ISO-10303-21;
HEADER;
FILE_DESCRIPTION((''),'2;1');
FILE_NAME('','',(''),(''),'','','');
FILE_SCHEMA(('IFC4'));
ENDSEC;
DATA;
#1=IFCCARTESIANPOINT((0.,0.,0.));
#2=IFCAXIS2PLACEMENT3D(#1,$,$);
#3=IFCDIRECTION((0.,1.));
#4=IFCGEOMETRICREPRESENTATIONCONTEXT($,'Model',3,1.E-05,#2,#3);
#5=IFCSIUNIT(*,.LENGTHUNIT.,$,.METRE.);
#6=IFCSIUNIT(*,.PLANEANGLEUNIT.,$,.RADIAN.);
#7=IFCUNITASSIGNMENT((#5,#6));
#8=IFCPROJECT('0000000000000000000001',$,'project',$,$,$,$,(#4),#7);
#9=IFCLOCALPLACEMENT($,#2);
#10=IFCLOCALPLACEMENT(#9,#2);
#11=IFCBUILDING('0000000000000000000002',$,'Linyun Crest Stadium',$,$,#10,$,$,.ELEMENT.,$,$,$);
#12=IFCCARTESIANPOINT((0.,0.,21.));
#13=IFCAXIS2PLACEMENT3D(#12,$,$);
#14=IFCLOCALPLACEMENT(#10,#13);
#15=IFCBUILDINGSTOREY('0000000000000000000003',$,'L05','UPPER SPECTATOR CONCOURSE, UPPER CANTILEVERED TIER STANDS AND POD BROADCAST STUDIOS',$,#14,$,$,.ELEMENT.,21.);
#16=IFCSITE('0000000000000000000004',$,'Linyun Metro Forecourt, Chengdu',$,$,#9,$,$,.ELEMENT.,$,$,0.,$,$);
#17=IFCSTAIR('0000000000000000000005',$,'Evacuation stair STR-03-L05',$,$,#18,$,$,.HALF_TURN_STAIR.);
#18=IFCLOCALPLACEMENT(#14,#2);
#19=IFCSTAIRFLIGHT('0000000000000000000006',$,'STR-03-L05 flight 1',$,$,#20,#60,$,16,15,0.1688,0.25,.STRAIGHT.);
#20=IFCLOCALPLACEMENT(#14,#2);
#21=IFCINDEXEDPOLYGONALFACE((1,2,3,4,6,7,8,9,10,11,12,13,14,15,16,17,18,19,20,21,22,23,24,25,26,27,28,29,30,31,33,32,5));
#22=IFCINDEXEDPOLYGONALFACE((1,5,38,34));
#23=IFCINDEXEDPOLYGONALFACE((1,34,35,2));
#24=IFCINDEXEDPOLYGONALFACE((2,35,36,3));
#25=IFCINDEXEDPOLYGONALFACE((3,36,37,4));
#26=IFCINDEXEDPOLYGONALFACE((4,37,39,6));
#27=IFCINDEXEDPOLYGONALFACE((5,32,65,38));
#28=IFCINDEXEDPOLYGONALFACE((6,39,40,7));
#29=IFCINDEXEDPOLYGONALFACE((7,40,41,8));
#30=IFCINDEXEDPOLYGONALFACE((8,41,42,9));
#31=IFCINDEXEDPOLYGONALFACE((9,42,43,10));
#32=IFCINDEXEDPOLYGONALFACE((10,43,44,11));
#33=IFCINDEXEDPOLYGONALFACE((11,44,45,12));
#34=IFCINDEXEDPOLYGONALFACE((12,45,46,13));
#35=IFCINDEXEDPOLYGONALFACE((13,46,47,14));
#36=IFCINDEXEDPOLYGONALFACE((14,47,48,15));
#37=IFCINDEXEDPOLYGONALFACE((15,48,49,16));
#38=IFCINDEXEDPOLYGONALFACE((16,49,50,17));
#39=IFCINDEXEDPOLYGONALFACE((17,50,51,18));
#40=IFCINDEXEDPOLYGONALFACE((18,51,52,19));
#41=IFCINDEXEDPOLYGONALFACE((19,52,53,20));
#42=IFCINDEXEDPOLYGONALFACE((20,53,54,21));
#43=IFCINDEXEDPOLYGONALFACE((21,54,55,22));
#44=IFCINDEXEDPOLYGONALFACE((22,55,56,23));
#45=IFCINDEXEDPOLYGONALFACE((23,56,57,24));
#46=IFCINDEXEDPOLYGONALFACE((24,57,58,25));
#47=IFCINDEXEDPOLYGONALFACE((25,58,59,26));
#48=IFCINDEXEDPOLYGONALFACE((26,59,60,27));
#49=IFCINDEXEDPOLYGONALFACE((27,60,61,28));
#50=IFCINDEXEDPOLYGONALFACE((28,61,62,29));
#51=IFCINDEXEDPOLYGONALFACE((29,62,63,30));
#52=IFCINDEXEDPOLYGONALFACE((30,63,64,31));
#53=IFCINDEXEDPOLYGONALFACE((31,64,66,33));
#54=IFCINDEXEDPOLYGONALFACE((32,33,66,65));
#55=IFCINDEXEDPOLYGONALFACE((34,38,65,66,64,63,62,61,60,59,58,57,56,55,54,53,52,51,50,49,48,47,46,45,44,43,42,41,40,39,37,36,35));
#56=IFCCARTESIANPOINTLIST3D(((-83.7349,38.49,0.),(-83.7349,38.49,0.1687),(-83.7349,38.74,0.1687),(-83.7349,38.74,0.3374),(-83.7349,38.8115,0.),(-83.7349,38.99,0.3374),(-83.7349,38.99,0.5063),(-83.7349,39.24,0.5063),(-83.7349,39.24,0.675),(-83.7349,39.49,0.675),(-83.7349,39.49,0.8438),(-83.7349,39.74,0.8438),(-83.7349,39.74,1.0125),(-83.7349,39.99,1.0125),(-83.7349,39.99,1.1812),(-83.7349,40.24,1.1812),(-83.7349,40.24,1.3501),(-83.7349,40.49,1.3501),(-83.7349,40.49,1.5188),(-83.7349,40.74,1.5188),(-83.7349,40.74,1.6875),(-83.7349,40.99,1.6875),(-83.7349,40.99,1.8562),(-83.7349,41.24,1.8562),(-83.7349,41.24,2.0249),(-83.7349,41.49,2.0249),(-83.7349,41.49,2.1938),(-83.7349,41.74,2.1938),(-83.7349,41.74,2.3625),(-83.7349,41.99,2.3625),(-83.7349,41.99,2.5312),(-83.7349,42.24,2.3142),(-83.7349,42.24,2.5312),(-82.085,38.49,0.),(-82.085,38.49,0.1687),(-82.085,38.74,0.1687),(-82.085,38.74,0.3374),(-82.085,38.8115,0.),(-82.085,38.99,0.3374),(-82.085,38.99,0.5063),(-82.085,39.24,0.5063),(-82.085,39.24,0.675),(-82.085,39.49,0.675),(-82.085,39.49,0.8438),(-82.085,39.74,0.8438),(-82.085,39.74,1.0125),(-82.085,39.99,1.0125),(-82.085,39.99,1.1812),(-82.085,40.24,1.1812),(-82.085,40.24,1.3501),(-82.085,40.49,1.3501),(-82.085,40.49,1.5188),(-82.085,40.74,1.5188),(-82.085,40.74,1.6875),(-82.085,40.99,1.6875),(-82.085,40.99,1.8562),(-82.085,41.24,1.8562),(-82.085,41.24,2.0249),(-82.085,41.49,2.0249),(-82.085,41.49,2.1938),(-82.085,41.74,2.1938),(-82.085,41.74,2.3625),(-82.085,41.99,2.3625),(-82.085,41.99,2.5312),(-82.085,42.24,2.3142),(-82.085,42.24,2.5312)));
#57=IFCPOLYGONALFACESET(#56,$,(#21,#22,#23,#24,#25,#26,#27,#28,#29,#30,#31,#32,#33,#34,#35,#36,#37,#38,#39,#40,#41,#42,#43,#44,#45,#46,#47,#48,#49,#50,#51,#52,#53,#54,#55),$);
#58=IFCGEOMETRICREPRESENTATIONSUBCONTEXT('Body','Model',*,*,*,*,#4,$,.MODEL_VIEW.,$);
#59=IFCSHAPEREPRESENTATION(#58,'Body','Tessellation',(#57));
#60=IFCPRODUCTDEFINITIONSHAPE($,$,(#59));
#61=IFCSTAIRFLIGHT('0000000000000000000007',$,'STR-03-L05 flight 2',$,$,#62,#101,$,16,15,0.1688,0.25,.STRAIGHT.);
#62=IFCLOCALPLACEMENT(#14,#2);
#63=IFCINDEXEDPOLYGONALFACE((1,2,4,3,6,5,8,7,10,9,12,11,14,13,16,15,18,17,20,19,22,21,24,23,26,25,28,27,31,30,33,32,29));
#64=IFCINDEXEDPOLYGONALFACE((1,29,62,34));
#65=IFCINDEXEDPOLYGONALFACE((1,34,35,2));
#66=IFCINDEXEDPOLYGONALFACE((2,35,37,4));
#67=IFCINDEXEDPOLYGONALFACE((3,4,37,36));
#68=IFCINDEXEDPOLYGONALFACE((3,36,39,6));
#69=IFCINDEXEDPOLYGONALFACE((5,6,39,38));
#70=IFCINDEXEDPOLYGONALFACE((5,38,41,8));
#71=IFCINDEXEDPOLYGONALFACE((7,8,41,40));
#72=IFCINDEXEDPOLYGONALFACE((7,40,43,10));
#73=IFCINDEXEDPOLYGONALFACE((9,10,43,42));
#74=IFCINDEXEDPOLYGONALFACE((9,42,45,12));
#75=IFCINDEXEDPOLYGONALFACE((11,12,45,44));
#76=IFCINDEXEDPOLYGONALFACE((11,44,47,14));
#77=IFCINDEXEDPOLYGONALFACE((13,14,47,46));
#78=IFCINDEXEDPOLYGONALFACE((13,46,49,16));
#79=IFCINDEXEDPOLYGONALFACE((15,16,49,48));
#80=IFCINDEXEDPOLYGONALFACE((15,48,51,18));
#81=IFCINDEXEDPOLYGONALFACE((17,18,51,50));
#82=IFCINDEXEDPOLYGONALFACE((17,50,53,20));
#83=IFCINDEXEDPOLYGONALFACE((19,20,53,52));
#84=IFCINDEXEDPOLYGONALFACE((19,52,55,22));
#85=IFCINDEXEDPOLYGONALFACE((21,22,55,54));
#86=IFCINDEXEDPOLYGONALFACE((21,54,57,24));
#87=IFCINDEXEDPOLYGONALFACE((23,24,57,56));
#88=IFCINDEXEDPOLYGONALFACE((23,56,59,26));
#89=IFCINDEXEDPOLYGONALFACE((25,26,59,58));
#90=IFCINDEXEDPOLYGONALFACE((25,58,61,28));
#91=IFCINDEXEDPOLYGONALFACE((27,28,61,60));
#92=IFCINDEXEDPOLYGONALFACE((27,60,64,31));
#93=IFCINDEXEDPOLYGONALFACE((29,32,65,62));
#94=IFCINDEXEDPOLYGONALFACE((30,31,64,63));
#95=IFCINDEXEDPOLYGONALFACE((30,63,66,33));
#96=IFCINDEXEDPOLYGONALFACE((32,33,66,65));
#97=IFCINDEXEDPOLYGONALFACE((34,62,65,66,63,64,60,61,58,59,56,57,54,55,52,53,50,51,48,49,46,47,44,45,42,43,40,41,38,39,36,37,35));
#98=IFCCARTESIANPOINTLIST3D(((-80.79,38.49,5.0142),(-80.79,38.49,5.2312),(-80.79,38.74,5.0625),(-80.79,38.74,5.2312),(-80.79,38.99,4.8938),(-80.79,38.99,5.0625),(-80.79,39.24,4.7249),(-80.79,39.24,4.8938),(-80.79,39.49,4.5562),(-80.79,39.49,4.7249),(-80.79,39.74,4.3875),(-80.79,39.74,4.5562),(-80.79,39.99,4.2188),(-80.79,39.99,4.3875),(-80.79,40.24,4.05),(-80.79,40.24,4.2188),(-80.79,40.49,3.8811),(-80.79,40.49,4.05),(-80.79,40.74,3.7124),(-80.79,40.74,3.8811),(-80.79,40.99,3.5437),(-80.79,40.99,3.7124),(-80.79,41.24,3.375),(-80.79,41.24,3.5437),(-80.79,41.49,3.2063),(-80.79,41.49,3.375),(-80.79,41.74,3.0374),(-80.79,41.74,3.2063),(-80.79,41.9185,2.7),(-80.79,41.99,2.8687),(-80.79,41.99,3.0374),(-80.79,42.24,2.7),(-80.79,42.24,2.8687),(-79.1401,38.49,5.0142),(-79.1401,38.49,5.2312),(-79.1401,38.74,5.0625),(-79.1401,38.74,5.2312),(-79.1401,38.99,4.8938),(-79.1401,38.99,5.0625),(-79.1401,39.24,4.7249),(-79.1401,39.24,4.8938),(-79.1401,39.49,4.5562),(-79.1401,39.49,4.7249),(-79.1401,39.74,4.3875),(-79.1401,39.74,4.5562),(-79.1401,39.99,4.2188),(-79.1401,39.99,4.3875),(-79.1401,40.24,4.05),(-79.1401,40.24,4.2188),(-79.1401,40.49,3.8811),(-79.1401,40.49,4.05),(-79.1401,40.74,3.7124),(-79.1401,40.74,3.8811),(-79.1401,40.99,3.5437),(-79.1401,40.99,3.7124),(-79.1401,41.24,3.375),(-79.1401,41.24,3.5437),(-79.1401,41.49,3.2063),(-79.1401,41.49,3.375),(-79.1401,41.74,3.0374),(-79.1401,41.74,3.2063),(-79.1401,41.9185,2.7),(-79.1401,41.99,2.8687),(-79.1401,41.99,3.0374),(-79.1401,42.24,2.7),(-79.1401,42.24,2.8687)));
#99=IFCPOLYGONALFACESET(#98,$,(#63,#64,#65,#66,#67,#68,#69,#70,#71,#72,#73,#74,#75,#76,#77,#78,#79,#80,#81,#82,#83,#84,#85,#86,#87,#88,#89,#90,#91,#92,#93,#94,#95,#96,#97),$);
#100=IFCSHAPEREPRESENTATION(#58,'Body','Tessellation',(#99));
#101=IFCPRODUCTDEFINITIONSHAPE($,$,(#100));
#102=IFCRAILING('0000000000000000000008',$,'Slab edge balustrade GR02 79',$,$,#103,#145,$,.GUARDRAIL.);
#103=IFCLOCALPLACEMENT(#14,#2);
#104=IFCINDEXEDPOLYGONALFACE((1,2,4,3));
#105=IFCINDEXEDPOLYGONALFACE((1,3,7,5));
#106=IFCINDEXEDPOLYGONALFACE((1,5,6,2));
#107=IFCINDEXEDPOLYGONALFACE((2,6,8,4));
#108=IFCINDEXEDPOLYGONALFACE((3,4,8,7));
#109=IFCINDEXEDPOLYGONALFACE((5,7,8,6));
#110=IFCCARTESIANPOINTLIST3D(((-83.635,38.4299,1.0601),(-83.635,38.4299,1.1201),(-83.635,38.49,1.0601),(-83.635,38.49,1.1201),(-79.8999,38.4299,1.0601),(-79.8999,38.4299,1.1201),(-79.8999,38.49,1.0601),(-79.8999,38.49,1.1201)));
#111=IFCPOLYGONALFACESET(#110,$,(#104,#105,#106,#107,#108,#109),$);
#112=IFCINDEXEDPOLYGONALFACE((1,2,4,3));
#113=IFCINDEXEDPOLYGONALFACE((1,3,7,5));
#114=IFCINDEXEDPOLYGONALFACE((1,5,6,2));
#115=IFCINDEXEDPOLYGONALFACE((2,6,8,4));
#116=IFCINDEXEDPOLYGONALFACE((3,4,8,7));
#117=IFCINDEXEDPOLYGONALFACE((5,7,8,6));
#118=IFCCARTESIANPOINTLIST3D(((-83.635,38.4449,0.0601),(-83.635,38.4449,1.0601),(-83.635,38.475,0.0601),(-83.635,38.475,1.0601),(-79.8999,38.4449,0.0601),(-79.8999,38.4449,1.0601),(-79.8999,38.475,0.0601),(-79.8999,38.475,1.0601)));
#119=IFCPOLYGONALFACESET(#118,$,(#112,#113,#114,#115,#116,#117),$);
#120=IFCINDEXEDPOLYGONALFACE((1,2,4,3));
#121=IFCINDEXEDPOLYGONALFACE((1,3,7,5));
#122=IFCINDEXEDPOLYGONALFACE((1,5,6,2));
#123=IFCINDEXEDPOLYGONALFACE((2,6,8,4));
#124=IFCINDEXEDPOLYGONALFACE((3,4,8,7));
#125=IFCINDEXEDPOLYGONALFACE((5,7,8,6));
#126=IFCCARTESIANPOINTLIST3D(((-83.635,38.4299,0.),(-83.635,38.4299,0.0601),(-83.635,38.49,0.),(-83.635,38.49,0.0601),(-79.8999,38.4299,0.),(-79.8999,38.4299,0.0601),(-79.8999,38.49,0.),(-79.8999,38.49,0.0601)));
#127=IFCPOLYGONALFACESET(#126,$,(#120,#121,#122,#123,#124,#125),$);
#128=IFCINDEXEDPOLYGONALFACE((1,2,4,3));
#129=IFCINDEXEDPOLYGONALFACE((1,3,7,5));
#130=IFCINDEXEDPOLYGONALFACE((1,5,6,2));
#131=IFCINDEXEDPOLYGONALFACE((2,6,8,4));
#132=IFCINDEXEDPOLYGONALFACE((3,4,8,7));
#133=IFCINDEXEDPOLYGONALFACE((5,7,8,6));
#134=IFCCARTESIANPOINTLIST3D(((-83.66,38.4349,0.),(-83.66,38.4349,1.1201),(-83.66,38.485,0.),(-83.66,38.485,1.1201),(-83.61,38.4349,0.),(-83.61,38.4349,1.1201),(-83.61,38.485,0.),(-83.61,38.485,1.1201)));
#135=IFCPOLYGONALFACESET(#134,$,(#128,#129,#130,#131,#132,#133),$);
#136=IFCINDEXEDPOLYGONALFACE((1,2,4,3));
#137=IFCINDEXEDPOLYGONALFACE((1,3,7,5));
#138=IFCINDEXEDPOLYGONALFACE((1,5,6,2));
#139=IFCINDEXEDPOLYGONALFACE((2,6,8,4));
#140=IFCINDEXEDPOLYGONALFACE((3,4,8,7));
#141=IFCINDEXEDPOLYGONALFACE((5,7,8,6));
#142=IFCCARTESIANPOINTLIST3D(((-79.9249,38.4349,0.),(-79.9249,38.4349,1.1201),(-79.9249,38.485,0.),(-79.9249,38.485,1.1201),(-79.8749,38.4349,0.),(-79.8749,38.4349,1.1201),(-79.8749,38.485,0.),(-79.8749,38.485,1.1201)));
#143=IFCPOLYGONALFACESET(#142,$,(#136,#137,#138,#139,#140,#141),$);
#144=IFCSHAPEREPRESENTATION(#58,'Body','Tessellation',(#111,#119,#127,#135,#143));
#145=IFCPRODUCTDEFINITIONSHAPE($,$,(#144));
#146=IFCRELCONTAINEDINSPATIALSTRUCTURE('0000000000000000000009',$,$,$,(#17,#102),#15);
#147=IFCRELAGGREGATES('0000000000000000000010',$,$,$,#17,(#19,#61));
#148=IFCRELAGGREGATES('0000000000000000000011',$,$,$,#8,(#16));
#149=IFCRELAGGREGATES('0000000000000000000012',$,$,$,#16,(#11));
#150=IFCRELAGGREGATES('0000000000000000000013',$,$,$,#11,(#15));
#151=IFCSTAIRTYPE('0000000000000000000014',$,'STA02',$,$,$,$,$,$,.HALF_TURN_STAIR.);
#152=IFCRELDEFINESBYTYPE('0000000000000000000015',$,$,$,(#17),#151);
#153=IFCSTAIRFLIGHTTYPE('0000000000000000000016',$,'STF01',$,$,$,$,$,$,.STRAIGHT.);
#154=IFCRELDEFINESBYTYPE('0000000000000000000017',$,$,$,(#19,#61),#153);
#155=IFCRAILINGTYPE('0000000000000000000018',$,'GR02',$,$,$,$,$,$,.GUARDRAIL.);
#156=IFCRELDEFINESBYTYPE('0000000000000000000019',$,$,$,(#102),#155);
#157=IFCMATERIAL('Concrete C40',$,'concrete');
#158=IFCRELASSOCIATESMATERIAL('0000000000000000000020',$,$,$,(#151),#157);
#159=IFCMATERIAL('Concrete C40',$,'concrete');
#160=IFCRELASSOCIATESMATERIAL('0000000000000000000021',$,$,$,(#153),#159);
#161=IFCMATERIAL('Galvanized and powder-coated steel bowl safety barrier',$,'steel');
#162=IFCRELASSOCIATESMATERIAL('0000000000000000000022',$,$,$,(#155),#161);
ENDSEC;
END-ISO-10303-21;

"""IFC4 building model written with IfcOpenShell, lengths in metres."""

from ifc_helpers import new_model, si_unit, direction, frame, origin, origin_2d, place, context, subcontext, project, spatial, polyline, rectangle, outline, extrude, material, type_object, element, aggregate, save


model = new_model("IFC4")

# Units and contexts
model_context = context("Model", 3, precision=1e-05, world=origin(), true_north=direction((0.0, 1.0)))
body_context = subcontext(model_context, "Body", "Model", "MODEL_VIEW")
ifc_project = project(units=[si_unit("LENGTHUNIT", "METRE"), si_unit("PLANEANGLEUNIT", "RADIAN")], contexts=[model_context])

# Site, building, storey
site_placement = place(None, origin())
site = spatial("IfcSite", under=ifc_project, at=site_placement, Name="Linyun Metro Forecourt, Chengdu", CompositionType="ELEMENT", RefElevation=0.0)
building_placement = place(site_placement, origin())
building = spatial("IfcBuilding", under=site, at=building_placement, Name="Linyun Crest Stadium", CompositionType="ELEMENT")
storey_placement = place(building_placement, frame((0.0, 0.0, 21.0)))
storey = spatial("IfcBuildingStorey", under=building, at=storey_placement, Name="L05", Description="UPPER SPECTATOR CONCOURSE, UPPER CANTILEVERED TIER STANDS AND POD BROADCAST STUDIOS", CompositionType="ELEMENT", Elevation=21.0)

# Stair, stair flights
ifc_material_1 = material(Name="Concrete C40", Category="concrete")
stair_type = type_object("IfcStairType", Name="STA02", PredefinedType="HALF_TURN_STAIR", material=ifc_material_1)
stair_placement = place(storey_placement, origin())
stair = element("IfcStair", 1, at=stair_placement, inside=storey, type_object=stair_type, Name="Evacuation stair STR-03-L05", PredefinedType="HALF_TURN_STAIR")
ifc_material_2 = material(Name="Concrete C40", Category="concrete")
stair_flight_type = type_object("IfcStairFlightType", Name="STF01", PredefinedType="STRAIGHT", material=ifc_material_2)
stair_flight_1_placement = place(storey_placement, frame((-82.9099, 38.49, 0.0), z_axis=(0.0, 0.0, 1.0), x_axis=(0.0, 1.0, 0.0)))
stair_flight_1 = element("IfcStairFlight", 2, at=stair_flight_1_placement, type_object=stair_flight_type, Name="STR-03-L05 flight 1", NumberOfRisers=16, NumberOfTreads=15, PredefinedType="STRAIGHT", RiserHeight=0.1688, TreadLength=0.25, context=body_context, shape_type="SweptSolid", body=[
    extrude(outline(polyline([(0.0, 0.0), (0.0, 0.1687), (0.25, 0.1687), (0.25, 0.3374), (0.5, 0.3374), (0.5, 0.5063), (0.75, 0.5063), (0.75, 0.675), (1.0, 0.675), (1.0, 0.8438), (1.25, 0.8438), (1.25, 1.0125), (1.5, 1.0125), (1.5, 1.1812), (1.75, 1.1812), (1.75, 1.3501), (2.0, 1.3501), (2.0, 1.5188), (2.25, 1.5188), (2.25, 1.6875), (2.5, 1.6875), (2.5, 1.8562), (2.75, 1.8562), (2.75, 2.0249), (3.0, 2.0249), (3.0, 2.1938), (3.25, 2.1938), (3.25, 2.3625), (3.5, 2.3625), (3.5, 2.5312), (3.75, 2.5312), (3.75, 2.7), (3.75, 2.3142), (0.3215, 0.0), (0.0, 0.0)])), frame((0.0, 0.825, 0.0), z_axis=(0.0, -1.0, 0.0), x_axis=(1.0, 0.0, 0.0)), (0.0, 0.0, 1.0), 1.6499),
])
stair_flight_2_placement = place(storey_placement, frame((-79.9651, 42.24, 2.7), z_axis=(0.0, 0.0, 1.0), x_axis=(0.0, -1.0, 0.0)))
stair_flight_2 = element("IfcStairFlight", 3, at=stair_flight_2_placement, type_object=stair_flight_type, Name="STR-03-L05 flight 2", NumberOfRisers=16, NumberOfTreads=15, PredefinedType="STRAIGHT", RiserHeight=0.1688, TreadLength=0.25, context=body_context, shape_type="SweptSolid", body=[
    extrude(outline(polyline([(0.0, 0.0), (0.0, 0.1687), (0.25, 0.1687), (0.25, 0.3374), (0.5, 0.3374), (0.5, 0.5063), (0.75, 0.5063), (0.75, 0.675), (1.0, 0.675), (1.0, 0.8438), (1.25, 0.8438), (1.25, 1.0125), (1.5, 1.0125), (1.5, 1.1812), (1.75, 1.1812), (1.75, 1.3501), (2.0, 1.3501), (2.0, 1.5188), (2.25, 1.5188), (2.25, 1.6875), (2.5, 1.6875), (2.5, 1.8562), (2.75, 1.8562), (2.75, 2.0249), (3.0, 2.0249), (3.0, 2.1938), (3.25, 2.1938), (3.25, 2.3625), (3.5, 2.3625), (3.5, 2.5312), (3.75, 2.5312), (3.75, 2.7), (3.75, 2.3142), (0.3215, 0.0), (0.0, 0.0)])), frame((0.0, 0.825, 0.0), z_axis=(0.0, -1.0, 0.0), x_axis=(1.0, 0.0, 0.0)), (0.0, 0.0, 1.0), 1.6499),
])
aggregate(stair, [stair_flight_1, stair_flight_2])

# Railing
ifc_material_3 = material(Name="Galvanized and powder-coated steel bowl safety barrier", Category="steel")
railing_type_1 = type_object("IfcRailingType", Name="GR02", PredefinedType="GUARDRAIL", material=ifc_material_3)
railing_1_placement = place(storey_placement, frame((-83.635, 38.46, 0.0)))
element("IfcRailing", 4, at=railing_1_placement, inside=storey, type_object=railing_type_1, Name="Slab edge balustrade GR02 79", PredefinedType="GUARDRAIL", context=body_context, shape_type="SweptSolid", body=[
    extrude(rectangle(XDim=0.0601, YDim=0.0601, at=origin_2d()), frame((0.0, 0.0, 1.0901), z_axis=(1.0, 0.0, 0.0), x_axis=(0.0, 1.0, 0.0)), (0.0, 0.0, 1.0), 3.7351),
    extrude(rectangle(XDim=0.03, YDim=1.0, at=origin_2d()), frame((0.0, 0.0, 0.5601), z_axis=(1.0, 0.0, 0.0), x_axis=(0.0, 1.0, 0.0)), (0.0, 0.0, 1.0), 3.7351),
    extrude(rectangle(XDim=0.0601, YDim=0.0601, at=origin_2d()), frame((0.0, 0.0, 0.03), z_axis=(1.0, 0.0, 0.0), x_axis=(0.0, 1.0, 0.0)), (0.0, 0.0, 1.0), 3.7351),
    extrude(rectangle(XDim=0.05, YDim=0.05, at=origin_2d()), origin(), (0.0, 0.0, 1.0), 1.1201),
    extrude(rectangle(XDim=0.05, YDim=0.05, at=origin_2d()), frame((3.7351, 0.0, 0.0)), (0.0, 0.0, 1.0), 1.1201),
])

save(model, "model.ifc")
